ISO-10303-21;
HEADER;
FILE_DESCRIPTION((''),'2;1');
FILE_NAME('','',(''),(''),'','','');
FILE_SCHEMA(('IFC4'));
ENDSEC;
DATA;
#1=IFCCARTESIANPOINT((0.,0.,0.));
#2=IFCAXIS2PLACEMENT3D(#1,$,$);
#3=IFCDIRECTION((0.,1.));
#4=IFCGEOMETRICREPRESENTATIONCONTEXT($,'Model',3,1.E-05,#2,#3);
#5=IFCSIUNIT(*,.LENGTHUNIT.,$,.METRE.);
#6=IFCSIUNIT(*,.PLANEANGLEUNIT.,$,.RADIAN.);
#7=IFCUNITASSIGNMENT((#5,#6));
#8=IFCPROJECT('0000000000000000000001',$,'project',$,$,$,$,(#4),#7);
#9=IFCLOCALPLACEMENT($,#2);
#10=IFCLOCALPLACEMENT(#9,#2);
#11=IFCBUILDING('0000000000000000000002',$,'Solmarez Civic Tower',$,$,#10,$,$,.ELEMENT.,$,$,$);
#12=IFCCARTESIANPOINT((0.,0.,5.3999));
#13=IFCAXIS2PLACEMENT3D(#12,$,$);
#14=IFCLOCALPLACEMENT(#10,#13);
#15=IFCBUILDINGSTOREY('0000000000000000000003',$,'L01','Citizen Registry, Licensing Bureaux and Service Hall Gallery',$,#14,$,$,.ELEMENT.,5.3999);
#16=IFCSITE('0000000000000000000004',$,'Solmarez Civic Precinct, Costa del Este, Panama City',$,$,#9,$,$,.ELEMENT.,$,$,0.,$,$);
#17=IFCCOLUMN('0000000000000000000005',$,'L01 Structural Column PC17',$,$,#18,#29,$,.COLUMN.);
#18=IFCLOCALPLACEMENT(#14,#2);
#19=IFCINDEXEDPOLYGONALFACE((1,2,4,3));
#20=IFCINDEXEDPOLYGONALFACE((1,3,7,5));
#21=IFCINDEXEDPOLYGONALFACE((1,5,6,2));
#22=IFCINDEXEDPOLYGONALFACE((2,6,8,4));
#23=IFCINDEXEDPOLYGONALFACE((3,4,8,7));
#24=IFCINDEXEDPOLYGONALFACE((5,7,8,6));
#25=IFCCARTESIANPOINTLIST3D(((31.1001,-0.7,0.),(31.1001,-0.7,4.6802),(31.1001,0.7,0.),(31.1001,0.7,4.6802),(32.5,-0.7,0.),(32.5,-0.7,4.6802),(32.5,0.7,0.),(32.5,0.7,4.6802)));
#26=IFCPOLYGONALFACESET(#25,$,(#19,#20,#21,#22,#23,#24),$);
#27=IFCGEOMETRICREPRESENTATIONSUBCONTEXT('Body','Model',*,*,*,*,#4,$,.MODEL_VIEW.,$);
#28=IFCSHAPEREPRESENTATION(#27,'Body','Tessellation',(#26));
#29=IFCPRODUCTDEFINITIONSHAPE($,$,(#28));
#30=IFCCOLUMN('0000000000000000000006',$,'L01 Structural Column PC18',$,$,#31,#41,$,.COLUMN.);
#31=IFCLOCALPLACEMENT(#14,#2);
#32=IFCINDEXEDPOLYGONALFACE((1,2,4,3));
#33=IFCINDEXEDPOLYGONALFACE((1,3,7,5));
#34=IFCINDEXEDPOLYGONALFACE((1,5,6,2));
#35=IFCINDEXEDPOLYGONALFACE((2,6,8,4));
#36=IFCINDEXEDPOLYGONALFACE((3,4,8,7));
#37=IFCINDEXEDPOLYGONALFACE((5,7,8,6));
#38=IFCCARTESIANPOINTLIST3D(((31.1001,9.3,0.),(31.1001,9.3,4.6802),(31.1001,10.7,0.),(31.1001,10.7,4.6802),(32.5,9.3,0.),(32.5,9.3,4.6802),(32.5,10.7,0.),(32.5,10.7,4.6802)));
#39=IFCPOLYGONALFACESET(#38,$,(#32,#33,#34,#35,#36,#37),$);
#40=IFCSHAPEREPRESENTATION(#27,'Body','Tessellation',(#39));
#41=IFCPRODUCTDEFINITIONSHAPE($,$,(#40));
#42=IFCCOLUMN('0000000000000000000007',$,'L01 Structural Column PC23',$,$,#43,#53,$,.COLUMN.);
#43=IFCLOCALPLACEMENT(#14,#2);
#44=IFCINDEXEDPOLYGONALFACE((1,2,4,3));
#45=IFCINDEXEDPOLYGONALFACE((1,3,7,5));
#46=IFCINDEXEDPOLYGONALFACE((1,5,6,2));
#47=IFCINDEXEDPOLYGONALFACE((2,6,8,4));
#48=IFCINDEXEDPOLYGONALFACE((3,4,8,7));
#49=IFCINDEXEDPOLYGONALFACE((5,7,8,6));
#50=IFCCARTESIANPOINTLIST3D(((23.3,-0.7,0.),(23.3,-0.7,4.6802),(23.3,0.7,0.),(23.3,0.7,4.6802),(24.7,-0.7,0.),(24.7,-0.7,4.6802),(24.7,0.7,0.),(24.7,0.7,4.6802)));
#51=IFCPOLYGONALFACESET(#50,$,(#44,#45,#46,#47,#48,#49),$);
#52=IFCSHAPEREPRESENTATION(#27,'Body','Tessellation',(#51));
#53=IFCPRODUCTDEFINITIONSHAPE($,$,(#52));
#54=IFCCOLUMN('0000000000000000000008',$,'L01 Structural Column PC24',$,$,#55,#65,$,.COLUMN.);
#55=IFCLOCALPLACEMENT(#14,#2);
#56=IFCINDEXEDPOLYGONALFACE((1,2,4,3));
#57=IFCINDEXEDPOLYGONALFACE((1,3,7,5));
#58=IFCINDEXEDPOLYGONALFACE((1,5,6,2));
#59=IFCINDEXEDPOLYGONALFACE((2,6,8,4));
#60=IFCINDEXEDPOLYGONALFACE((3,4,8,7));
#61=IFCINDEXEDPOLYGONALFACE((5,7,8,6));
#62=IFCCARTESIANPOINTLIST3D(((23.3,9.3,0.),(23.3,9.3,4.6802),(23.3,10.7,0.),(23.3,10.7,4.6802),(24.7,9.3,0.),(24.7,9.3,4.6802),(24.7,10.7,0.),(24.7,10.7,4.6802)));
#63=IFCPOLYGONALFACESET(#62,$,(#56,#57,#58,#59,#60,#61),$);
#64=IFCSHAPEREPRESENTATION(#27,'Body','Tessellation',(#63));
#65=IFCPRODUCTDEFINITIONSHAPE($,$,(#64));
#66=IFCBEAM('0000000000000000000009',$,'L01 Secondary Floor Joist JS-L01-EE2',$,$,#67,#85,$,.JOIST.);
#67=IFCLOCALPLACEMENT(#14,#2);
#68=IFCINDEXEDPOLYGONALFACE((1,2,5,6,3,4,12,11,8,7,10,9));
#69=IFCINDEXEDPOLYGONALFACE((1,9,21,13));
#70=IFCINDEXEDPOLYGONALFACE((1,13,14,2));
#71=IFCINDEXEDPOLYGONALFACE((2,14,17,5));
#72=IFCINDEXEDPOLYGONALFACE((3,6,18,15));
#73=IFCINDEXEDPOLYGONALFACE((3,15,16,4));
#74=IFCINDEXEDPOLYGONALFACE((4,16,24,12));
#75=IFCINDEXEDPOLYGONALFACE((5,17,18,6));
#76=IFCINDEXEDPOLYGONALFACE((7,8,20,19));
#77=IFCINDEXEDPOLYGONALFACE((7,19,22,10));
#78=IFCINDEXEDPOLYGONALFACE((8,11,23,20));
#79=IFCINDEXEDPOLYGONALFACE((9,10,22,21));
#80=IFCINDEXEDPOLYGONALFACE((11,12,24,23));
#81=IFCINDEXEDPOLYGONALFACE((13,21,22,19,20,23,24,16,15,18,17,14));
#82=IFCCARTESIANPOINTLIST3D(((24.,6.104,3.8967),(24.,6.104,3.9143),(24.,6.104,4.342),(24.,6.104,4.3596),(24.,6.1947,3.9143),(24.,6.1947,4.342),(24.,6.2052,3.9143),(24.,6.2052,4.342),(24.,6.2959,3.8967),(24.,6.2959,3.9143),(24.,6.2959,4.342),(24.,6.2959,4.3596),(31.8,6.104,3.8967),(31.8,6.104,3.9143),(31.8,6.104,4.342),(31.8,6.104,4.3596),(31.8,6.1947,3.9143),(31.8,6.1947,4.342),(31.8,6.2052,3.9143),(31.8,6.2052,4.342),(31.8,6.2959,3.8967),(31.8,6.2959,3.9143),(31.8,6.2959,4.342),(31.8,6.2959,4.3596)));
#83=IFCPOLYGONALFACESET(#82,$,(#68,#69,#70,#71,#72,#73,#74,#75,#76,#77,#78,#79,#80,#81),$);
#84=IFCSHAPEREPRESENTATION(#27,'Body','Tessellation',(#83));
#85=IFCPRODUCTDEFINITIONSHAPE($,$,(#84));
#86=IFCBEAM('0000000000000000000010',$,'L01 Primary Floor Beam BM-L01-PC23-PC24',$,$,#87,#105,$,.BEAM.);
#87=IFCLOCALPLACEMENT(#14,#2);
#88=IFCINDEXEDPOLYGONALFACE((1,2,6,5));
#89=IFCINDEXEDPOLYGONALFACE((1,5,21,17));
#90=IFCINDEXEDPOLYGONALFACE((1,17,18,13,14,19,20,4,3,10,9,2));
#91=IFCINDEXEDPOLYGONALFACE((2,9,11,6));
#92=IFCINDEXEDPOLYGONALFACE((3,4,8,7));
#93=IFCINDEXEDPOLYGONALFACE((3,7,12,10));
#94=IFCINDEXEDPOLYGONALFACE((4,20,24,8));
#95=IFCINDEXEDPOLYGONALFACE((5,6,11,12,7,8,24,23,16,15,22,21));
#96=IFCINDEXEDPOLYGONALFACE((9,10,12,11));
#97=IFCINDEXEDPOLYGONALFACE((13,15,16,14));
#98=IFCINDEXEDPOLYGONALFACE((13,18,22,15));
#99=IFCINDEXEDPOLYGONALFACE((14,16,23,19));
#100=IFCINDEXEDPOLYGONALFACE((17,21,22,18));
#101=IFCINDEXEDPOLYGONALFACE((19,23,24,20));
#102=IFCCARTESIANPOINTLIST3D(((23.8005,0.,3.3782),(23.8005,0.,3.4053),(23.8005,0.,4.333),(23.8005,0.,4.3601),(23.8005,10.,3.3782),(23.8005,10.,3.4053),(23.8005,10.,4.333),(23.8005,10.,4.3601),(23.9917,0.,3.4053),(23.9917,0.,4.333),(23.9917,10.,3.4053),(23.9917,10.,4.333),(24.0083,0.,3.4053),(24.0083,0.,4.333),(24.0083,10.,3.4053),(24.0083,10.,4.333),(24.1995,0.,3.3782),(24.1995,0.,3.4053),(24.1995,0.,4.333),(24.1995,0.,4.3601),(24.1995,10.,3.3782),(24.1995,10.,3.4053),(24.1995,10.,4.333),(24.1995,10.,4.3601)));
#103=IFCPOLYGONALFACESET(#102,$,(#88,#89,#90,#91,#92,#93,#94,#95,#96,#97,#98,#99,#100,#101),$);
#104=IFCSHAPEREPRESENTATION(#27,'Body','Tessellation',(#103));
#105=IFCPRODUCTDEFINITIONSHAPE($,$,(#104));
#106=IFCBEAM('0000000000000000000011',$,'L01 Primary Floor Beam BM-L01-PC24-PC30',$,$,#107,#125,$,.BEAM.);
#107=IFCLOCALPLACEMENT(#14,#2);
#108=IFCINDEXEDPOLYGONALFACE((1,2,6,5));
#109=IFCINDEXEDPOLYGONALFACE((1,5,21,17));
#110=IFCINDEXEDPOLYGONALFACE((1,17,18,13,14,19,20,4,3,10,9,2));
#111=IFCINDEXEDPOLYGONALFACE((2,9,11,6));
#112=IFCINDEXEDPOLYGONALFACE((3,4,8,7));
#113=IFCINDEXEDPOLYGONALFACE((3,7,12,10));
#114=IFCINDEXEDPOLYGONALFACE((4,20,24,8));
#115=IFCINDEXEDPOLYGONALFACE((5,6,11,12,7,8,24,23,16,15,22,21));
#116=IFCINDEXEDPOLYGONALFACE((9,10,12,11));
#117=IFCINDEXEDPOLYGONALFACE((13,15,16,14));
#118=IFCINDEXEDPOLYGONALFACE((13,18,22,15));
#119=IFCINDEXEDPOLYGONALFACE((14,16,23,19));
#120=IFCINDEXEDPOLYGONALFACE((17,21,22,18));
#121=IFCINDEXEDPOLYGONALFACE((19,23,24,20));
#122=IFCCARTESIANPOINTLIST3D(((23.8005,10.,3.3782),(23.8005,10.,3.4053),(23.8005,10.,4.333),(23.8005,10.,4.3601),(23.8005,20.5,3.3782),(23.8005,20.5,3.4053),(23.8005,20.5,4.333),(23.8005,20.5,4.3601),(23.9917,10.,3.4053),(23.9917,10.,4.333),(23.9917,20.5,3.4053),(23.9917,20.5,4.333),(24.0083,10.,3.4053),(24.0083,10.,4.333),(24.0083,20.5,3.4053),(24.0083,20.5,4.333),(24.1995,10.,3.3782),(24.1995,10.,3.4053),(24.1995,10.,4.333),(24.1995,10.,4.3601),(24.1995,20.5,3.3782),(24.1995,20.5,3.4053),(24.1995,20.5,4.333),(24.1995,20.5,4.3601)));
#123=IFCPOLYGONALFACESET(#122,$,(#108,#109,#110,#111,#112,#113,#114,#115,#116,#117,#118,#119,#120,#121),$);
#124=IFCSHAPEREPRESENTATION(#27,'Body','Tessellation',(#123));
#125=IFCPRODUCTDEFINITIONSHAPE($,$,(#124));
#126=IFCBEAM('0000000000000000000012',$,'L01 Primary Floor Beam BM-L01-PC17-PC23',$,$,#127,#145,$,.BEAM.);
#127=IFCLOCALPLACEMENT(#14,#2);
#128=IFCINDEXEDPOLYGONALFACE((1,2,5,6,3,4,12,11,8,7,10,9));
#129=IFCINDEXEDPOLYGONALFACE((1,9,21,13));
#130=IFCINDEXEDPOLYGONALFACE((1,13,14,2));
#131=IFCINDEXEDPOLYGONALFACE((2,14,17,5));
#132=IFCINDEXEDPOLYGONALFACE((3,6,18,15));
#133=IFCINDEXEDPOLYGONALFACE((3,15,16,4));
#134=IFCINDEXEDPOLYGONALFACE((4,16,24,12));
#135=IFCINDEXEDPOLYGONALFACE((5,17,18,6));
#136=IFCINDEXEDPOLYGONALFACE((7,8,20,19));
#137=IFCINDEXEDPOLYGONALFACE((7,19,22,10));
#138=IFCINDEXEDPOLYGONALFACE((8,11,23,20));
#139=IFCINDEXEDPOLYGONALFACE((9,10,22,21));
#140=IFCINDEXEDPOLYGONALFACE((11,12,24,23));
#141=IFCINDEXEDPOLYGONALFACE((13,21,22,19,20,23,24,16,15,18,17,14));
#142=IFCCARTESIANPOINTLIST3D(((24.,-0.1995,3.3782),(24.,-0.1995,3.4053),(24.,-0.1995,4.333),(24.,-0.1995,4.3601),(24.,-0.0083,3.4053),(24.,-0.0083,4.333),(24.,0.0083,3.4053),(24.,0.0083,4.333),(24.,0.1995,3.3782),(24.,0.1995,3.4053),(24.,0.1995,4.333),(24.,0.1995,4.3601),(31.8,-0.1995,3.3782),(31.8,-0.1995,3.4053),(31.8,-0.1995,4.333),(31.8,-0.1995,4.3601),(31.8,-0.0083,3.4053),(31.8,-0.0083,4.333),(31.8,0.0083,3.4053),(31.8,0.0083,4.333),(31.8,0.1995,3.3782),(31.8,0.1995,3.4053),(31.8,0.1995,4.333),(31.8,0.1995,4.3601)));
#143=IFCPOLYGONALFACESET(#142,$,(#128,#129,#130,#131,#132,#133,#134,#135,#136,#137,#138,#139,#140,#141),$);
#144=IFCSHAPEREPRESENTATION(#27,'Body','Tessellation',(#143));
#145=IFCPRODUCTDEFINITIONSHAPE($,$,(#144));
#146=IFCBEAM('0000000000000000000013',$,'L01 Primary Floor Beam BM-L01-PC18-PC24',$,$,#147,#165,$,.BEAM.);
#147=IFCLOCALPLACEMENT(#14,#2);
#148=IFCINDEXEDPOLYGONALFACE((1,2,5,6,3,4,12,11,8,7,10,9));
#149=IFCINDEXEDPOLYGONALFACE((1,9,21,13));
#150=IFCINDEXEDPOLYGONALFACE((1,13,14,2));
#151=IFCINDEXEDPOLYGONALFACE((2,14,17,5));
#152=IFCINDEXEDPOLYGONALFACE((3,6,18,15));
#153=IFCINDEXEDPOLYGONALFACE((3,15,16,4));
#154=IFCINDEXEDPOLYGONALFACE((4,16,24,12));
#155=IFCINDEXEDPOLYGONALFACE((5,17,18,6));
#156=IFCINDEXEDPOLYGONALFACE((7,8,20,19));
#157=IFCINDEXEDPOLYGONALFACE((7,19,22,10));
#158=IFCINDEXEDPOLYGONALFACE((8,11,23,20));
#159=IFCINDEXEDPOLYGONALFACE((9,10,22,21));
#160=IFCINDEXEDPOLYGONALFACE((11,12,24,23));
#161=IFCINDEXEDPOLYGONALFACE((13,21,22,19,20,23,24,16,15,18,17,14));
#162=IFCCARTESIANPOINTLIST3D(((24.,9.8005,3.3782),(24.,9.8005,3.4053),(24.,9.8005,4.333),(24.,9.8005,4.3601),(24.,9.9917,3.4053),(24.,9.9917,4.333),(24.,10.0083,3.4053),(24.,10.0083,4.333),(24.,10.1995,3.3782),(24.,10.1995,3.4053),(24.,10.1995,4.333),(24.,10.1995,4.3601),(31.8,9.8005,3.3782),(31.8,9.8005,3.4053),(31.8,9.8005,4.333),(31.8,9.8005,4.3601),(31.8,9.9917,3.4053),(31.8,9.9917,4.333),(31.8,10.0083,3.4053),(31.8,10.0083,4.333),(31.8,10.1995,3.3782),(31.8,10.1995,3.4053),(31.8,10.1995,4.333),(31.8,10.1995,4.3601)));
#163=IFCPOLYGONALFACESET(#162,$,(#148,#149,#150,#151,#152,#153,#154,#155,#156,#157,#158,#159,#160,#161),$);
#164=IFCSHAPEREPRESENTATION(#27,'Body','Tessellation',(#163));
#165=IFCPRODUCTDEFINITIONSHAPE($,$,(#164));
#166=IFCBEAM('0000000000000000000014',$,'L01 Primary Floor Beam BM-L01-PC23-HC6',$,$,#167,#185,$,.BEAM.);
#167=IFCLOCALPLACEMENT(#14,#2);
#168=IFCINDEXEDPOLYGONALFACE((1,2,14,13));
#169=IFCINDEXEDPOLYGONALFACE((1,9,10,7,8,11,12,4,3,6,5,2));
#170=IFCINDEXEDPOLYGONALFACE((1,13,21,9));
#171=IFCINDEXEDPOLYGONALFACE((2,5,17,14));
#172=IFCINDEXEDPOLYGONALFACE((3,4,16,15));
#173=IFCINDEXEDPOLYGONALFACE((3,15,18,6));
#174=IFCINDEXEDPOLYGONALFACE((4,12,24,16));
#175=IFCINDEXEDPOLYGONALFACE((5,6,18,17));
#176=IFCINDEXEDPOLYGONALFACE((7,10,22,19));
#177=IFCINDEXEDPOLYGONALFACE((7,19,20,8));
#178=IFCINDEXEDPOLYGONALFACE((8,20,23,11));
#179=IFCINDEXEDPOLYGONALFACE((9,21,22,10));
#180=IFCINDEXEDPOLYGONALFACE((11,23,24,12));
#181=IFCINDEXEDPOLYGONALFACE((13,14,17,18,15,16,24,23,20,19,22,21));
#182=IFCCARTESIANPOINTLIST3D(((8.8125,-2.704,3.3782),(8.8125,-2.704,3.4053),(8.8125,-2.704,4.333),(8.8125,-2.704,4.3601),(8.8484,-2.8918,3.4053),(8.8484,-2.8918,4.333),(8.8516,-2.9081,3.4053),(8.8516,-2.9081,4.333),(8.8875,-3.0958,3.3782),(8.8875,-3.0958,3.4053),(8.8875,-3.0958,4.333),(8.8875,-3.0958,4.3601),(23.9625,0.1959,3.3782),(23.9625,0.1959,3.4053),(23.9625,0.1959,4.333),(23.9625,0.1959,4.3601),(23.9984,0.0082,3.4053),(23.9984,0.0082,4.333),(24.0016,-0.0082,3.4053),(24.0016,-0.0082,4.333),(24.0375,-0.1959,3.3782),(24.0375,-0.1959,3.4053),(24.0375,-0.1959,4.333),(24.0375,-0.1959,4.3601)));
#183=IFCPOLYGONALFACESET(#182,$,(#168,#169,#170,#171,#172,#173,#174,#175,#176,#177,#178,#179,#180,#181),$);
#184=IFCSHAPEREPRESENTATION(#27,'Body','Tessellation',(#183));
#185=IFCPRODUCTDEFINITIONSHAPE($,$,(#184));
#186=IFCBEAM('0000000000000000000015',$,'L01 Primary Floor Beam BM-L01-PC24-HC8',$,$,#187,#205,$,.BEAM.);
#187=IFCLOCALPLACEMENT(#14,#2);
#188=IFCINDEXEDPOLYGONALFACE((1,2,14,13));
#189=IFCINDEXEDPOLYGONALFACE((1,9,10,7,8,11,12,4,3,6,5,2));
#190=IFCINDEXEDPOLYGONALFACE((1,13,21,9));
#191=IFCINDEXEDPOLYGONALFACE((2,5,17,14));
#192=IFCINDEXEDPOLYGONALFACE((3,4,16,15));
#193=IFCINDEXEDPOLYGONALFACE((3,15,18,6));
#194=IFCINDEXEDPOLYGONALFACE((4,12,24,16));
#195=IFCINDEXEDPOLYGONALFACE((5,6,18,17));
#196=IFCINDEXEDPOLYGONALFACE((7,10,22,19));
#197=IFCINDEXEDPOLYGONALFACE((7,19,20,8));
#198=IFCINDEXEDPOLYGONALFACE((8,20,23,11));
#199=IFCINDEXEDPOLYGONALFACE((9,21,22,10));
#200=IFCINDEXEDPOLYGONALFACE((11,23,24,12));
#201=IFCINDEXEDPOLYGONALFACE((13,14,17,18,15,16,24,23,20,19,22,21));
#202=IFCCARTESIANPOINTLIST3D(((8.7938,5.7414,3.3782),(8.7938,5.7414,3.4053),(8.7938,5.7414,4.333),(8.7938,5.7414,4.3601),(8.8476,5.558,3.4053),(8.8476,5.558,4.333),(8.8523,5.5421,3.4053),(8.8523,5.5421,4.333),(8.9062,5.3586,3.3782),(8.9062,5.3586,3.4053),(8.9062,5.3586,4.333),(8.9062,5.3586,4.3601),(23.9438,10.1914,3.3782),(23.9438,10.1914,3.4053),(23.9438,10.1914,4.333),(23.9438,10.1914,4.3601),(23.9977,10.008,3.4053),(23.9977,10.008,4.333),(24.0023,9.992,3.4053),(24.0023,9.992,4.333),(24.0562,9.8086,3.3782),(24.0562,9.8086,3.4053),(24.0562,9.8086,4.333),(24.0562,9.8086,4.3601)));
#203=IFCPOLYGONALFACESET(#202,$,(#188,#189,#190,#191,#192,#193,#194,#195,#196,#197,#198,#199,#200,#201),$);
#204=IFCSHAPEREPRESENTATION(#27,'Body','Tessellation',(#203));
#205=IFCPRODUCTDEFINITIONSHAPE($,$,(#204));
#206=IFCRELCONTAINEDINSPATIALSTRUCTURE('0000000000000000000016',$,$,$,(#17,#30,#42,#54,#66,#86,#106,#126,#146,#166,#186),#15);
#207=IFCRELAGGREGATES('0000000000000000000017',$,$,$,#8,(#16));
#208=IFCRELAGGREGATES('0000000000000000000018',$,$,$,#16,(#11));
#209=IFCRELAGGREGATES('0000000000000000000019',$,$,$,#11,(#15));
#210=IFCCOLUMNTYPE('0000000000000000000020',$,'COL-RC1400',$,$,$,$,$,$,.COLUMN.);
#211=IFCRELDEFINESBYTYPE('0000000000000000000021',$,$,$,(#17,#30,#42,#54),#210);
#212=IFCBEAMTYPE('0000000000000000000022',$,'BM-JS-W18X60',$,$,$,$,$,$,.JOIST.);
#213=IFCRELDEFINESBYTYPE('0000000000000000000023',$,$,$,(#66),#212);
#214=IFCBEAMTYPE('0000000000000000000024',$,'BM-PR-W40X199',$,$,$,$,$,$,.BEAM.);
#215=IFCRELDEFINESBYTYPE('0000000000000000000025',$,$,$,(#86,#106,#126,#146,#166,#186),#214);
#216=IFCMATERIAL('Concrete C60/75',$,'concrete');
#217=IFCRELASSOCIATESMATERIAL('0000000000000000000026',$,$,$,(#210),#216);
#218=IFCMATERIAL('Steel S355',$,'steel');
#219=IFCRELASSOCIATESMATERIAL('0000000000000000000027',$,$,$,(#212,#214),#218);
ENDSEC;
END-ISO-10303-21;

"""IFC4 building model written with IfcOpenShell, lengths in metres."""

from ifc_helpers import new_model, si_unit, direction, frame, origin, origin_2d, place, context, subcontext, project, spatial, rectangle, i_section, extrude, material, material_profile, profile_set, type_object, element, save


model = new_model("IFC4")

# Units and contexts
model_context = context("Model", 3, precision=1e-05, world=origin(), true_north=direction((0.0, 1.0)))
body_context = subcontext(model_context, "Body", "Model", "MODEL_VIEW")
ifc_project = project(units=[si_unit("LENGTHUNIT", "METRE"), si_unit("PLANEANGLEUNIT", "RADIAN")], contexts=[model_context])

# Site, building, storey
site_placement = place(None, origin())
site = spatial("IfcSite", under=ifc_project, at=site_placement, Name="Solmarez Civic Precinct, Costa del Este, Panama City", CompositionType="ELEMENT", RefElevation=0.0)
building_placement = place(site_placement, origin())
building = spatial("IfcBuilding", under=site, at=building_placement, Name="Solmarez Civic Tower", CompositionType="ELEMENT")
storey_placement = place(building_placement, frame((0.0, 0.0, 5.3999)))
storey = spatial("IfcBuildingStorey", under=building, at=storey_placement, Name="L01", Description="Citizen Registry, Licensing Bureaux and Service Hall Gallery", CompositionType="ELEMENT", Elevation=5.3999)

# Columns
ifc_material_1 = material(Name="Concrete C60/75", Category="concrete")
ifc_material_profile_1 = material_profile(ifc_material_1, rectangle(XDim=1.3999, YDim=1.3999, at=origin_2d()), Name="RC1400X1400")
ifc_profile_set_1 = profile_set([ifc_material_profile_1], Name="Concrete C60/75")
column_type = type_object("IfcColumnType", Name="COL-RC1400", PredefinedType="COLUMN", material=ifc_profile_set_1)
for number, where, z_axis, x_axis, name in (
    (1, (31.8, 0.0, 0.0), (0.0, 0.0, 1.0), (1.0, 0.0, 0.0), "L01 Structural Column PC17"),
    (2, (31.8, 10.0, 0.0), (0.0, 0.0, 1.0), (1.0, 0.0, 0.0), "L01 Structural Column PC18"),
    (3, (24.0, 0.0, 0.0), (0.0, 0.0, 1.0), (1.0, 0.0, 0.0), "L01 Structural Column PC23"),
    (4, (24.0, 10.0, 0.0), (0.0, 0.0, 1.0), (1.0, 0.0, 0.0), "L01 Structural Column PC24"),
):
    element("IfcColumn", number, at=place(storey_placement, frame(where, z_axis=z_axis, x_axis=x_axis)), inside=storey, type_object=column_type, Name=name, PredefinedType="COLUMN", context=body_context, shape_type="SweptSolid", body=[
        extrude(rectangle(XDim=1.3999, YDim=1.3999, at=origin_2d()), origin(), (0.0, 0.0, 1.0), 4.6802),
    ])

# Beams
ifc_material_2 = material(Name="Steel S355", Category="steel")
ifc_material_profile_2 = material_profile(ifc_material_2, i_section(OverallWidth=0.1919, OverallDepth=0.4629, WebThickness=0.0105, FlangeThickness=0.0176, at=origin_2d()), Name="W18X60")
ifc_profile_set_2 = profile_set([ifc_material_profile_2], Name="Steel S355")
beam_type_1 = type_object("IfcBeamType", Name="BM-JS-W18X60", PredefinedType="JOIST", material=ifc_profile_set_2)
beam_1_placement = place(storey_placement, frame((24.0, 6.2, 4.1282), z_axis=(1.0, 0.0, 0.0), x_axis=(0.0, 1.0, 0.0)))
element("IfcBeam", 5, at=beam_1_placement, inside=storey, type_object=beam_type_1, Name="L01 Secondary Floor Joist JS-L01-EE2", PredefinedType="JOIST", context=body_context, shape_type="SweptSolid", body=[
    extrude(i_section(OverallWidth=0.1919, OverallDepth=0.4629, WebThickness=0.0105, FlangeThickness=0.0176, at=origin_2d()), origin(), (0.0, 0.0, 1.0), 7.8),
])
ifc_material_profile_3 = material_profile(ifc_material_2, i_section(OverallWidth=0.3989, OverallDepth=0.9819, WebThickness=0.0166, FlangeThickness=0.0271, at=origin_2d()), Name="W40X199")
ifc_profile_set_3 = profile_set([ifc_material_profile_3], Name="Steel S355")
beam_type_2 = type_object("IfcBeamType", Name="BM-PR-W40X199", PredefinedType="BEAM", material=ifc_profile_set_3)
beam_2_placement = place(storey_placement, frame((24.0, 0.0, 3.8691), z_axis=(0.0, 1.0, 0.0), x_axis=(-1.0, 0.0, 0.0)))
element("IfcBeam", 6, at=beam_2_placement, inside=storey, type_object=beam_type_2, Name="L01 Primary Floor Beam BM-L01-PC23-PC24", PredefinedType="BEAM", context=body_context, shape_type="SweptSolid", body=[
    extrude(i_section(OverallWidth=0.3989, OverallDepth=0.9819, WebThickness=0.0166, FlangeThickness=0.0271, at=origin_2d()), origin(), (0.0, 0.0, 1.0), 10.0),
])
beam_3_placement = place(storey_placement, frame((24.0, 10.0, 3.8691), z_axis=(0.0, 1.0, 0.0), x_axis=(-1.0, 0.0, 0.0)))
element("IfcBeam", 7, at=beam_3_placement, inside=storey, type_object=beam_type_2, Name="L01 Primary Floor Beam BM-L01-PC24-PC30", PredefinedType="BEAM", context=body_context, shape_type="SweptSolid", body=[
    extrude(i_section(OverallWidth=0.3989, OverallDepth=0.9819, WebThickness=0.0166, FlangeThickness=0.0271, at=origin_2d()), origin(), (0.0, 0.0, 1.0), 10.5),
])
for number, where, z_axis, x_axis, name in (
    (8, (31.8, 0.0, 3.8691), (-1.0, 0.0, 0.0), (0.0, -1.0, 0.0), "L01 Primary Floor Beam BM-L01-PC17-PC23"),
    (9, (31.8, 10.0, 3.8691), (-1.0, 0.0, 0.0), (0.0, -1.0, 0.0), "L01 Primary Floor Beam BM-L01-PC18-PC24"),
):
    element("IfcBeam", number, at=place(storey_placement, frame(where, z_axis=z_axis, x_axis=x_axis)), inside=storey, type_object=beam_type_2, Name=name, PredefinedType="BEAM", context=body_context, shape_type="SweptSolid", body=[
        extrude(i_section(OverallWidth=0.3989, OverallDepth=0.9819, WebThickness=0.0166, FlangeThickness=0.0271, at=origin_2d()), origin(), (0.0, 0.0, 1.0), 7.8),
    ])
beam_4_placement = place(storey_placement, frame((24.0, 0.0, 3.8691), z_axis=(-0.982169, -0.188001, 0.0), x_axis=(0.188001, -0.982169, 0.0)))
element("IfcBeam", 10, at=beam_4_placement, inside=storey, type_object=beam_type_2, Name="L01 Primary Floor Beam BM-L01-PC23-HC6", PredefinedType="BEAM", context=body_context, shape_type="SweptSolid", body=[
    extrude(i_section(OverallWidth=0.3989, OverallDepth=0.9819, WebThickness=0.0166, FlangeThickness=0.0271, at=origin_2d()), origin(), (0.0, 0.0, 1.0), 15.425),
])
beam_5_placement = place(storey_placement, frame((24.0, 10.0, 3.8691), z_axis=(-0.959467, -0.281822, 0.0), x_axis=(0.281822, -0.959467, 0.0)))
element("IfcBeam", 11, at=beam_5_placement, inside=storey, type_object=beam_type_2, Name="L01 Primary Floor Beam BM-L01-PC24-HC8", PredefinedType="BEAM", context=body_context, shape_type="SweptSolid", body=[
    extrude(i_section(OverallWidth=0.3989, OverallDepth=0.9819, WebThickness=0.0166, FlangeThickness=0.0271, at=origin_2d()), origin(), (0.0, 0.0, 1.0), 15.79),
])

save(model, "model.ifc")
